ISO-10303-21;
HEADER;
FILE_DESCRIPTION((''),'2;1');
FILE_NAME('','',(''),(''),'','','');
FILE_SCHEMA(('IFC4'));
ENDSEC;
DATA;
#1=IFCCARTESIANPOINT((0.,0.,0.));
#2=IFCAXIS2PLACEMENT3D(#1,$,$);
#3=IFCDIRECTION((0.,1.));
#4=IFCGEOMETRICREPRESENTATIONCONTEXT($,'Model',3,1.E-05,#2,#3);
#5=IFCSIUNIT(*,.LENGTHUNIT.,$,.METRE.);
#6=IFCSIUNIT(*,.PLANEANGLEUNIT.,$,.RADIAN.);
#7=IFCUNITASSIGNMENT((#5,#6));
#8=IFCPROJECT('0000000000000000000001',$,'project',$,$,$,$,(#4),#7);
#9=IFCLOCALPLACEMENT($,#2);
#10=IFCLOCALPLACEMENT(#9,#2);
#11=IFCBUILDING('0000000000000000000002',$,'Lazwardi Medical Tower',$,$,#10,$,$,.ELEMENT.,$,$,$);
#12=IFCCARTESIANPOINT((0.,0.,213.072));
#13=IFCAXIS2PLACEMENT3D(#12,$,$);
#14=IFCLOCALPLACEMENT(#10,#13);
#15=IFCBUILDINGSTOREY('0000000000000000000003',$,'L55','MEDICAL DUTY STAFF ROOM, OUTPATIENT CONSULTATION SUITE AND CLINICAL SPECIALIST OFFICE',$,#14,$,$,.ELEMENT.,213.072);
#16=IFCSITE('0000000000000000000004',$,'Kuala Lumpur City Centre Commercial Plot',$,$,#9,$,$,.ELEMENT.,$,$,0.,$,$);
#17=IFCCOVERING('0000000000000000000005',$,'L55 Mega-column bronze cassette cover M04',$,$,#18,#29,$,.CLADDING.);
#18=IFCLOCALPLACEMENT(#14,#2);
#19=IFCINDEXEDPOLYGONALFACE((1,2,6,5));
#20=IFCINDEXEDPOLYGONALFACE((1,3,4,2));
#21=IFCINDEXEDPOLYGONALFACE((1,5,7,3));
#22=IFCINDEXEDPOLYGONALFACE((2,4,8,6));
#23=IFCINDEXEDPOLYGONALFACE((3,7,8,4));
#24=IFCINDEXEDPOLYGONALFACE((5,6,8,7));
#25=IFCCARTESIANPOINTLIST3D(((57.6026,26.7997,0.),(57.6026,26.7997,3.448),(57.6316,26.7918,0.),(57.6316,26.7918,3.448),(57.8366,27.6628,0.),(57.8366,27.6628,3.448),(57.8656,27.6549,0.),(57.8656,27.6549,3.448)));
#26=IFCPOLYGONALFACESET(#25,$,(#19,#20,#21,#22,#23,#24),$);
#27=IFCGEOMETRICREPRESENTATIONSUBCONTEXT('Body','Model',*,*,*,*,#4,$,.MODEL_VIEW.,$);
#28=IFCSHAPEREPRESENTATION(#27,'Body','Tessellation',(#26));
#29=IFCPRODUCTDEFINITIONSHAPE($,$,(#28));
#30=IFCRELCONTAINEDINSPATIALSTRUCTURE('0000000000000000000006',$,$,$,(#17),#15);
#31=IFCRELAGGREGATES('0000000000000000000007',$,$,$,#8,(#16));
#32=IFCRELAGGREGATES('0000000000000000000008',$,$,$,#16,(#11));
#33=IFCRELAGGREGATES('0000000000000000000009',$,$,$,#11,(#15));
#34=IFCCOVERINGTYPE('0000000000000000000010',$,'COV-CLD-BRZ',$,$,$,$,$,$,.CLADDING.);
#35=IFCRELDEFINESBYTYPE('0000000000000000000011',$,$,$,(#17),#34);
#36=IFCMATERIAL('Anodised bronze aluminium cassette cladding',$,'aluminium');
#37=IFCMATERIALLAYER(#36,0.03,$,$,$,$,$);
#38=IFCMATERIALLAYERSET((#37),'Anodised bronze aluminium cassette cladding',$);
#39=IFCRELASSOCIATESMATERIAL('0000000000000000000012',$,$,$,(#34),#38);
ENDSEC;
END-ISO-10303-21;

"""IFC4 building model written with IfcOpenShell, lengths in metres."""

from ifc_helpers import new_model, si_unit, direction, frame, origin, origin_2d, place, context, subcontext, project, spatial, rectangle, extrude, material, layer, layer_set, type_object, element, save


model = new_model("IFC4")

# Units and contexts
model_context = context("Model", 3, precision=1e-05, world=origin(), true_north=direction((0.0, 1.0)))
body_context = subcontext(model_context, "Body", "Model", "MODEL_VIEW")
ifc_project = project(units=[si_unit("LENGTHUNIT", "METRE"), si_unit("PLANEANGLEUNIT", "RADIAN")], contexts=[model_context])

# Site, building, storey
site_placement = place(None, origin())
site = spatial("IfcSite", under=ifc_project, at=site_placement, Name="Kuala Lumpur City Centre Commercial Plot", CompositionType="ELEMENT", RefElevation=0.0)
building_placement = place(site_placement, origin())
building = spatial("IfcBuilding", under=site, at=building_placement, Name="Lazwardi Medical Tower", CompositionType="ELEMENT")
storey_placement = place(building_placement, frame((0.0, 0.0, 213.072)))
storey = spatial("IfcBuildingStorey", under=building, at=storey_placement, Name="L55", Description="MEDICAL DUTY STAFF ROOM, OUTPATIENT CONSULTATION SUITE AND CLINICAL SPECIALIST OFFICE", CompositionType="ELEMENT", Elevation=213.072)

# Covering
ifc_material_1 = material(Name="Anodised bronze aluminium cassette cladding", Category="aluminium")
ifc_layer_1 = layer(ifc_material_1, 0.03)
ifc_layer_set_1 = layer_set([ifc_layer_1], Name="Anodised bronze aluminium cassette cladding")
covering_type = type_object("IfcCoveringType", Name="COV-CLD-BRZ", PredefinedType="CLADDING", material=ifc_layer_set_1)
covering_1_placement = place(storey_placement, frame((57.7341, 27.2273, 0.0), z_axis=(0.0, 0.0, 1.0), x_axis=(0.261642, 0.965165, 0.0)))
element("IfcCovering", 1, at=covering_1_placement, inside=storey, type_object=covering_type, Name="L55 Mega-column bronze cassette cover M04", PredefinedType="CLADDING", context=body_context, shape_type="SweptSolid", body=[
    extrude(rectangle(XDim=0.8943, YDim=0.03, at=origin_2d()), origin(), (0.0, 0.0, 1.0), 3.448),
])

save(model, "model.ifc")
